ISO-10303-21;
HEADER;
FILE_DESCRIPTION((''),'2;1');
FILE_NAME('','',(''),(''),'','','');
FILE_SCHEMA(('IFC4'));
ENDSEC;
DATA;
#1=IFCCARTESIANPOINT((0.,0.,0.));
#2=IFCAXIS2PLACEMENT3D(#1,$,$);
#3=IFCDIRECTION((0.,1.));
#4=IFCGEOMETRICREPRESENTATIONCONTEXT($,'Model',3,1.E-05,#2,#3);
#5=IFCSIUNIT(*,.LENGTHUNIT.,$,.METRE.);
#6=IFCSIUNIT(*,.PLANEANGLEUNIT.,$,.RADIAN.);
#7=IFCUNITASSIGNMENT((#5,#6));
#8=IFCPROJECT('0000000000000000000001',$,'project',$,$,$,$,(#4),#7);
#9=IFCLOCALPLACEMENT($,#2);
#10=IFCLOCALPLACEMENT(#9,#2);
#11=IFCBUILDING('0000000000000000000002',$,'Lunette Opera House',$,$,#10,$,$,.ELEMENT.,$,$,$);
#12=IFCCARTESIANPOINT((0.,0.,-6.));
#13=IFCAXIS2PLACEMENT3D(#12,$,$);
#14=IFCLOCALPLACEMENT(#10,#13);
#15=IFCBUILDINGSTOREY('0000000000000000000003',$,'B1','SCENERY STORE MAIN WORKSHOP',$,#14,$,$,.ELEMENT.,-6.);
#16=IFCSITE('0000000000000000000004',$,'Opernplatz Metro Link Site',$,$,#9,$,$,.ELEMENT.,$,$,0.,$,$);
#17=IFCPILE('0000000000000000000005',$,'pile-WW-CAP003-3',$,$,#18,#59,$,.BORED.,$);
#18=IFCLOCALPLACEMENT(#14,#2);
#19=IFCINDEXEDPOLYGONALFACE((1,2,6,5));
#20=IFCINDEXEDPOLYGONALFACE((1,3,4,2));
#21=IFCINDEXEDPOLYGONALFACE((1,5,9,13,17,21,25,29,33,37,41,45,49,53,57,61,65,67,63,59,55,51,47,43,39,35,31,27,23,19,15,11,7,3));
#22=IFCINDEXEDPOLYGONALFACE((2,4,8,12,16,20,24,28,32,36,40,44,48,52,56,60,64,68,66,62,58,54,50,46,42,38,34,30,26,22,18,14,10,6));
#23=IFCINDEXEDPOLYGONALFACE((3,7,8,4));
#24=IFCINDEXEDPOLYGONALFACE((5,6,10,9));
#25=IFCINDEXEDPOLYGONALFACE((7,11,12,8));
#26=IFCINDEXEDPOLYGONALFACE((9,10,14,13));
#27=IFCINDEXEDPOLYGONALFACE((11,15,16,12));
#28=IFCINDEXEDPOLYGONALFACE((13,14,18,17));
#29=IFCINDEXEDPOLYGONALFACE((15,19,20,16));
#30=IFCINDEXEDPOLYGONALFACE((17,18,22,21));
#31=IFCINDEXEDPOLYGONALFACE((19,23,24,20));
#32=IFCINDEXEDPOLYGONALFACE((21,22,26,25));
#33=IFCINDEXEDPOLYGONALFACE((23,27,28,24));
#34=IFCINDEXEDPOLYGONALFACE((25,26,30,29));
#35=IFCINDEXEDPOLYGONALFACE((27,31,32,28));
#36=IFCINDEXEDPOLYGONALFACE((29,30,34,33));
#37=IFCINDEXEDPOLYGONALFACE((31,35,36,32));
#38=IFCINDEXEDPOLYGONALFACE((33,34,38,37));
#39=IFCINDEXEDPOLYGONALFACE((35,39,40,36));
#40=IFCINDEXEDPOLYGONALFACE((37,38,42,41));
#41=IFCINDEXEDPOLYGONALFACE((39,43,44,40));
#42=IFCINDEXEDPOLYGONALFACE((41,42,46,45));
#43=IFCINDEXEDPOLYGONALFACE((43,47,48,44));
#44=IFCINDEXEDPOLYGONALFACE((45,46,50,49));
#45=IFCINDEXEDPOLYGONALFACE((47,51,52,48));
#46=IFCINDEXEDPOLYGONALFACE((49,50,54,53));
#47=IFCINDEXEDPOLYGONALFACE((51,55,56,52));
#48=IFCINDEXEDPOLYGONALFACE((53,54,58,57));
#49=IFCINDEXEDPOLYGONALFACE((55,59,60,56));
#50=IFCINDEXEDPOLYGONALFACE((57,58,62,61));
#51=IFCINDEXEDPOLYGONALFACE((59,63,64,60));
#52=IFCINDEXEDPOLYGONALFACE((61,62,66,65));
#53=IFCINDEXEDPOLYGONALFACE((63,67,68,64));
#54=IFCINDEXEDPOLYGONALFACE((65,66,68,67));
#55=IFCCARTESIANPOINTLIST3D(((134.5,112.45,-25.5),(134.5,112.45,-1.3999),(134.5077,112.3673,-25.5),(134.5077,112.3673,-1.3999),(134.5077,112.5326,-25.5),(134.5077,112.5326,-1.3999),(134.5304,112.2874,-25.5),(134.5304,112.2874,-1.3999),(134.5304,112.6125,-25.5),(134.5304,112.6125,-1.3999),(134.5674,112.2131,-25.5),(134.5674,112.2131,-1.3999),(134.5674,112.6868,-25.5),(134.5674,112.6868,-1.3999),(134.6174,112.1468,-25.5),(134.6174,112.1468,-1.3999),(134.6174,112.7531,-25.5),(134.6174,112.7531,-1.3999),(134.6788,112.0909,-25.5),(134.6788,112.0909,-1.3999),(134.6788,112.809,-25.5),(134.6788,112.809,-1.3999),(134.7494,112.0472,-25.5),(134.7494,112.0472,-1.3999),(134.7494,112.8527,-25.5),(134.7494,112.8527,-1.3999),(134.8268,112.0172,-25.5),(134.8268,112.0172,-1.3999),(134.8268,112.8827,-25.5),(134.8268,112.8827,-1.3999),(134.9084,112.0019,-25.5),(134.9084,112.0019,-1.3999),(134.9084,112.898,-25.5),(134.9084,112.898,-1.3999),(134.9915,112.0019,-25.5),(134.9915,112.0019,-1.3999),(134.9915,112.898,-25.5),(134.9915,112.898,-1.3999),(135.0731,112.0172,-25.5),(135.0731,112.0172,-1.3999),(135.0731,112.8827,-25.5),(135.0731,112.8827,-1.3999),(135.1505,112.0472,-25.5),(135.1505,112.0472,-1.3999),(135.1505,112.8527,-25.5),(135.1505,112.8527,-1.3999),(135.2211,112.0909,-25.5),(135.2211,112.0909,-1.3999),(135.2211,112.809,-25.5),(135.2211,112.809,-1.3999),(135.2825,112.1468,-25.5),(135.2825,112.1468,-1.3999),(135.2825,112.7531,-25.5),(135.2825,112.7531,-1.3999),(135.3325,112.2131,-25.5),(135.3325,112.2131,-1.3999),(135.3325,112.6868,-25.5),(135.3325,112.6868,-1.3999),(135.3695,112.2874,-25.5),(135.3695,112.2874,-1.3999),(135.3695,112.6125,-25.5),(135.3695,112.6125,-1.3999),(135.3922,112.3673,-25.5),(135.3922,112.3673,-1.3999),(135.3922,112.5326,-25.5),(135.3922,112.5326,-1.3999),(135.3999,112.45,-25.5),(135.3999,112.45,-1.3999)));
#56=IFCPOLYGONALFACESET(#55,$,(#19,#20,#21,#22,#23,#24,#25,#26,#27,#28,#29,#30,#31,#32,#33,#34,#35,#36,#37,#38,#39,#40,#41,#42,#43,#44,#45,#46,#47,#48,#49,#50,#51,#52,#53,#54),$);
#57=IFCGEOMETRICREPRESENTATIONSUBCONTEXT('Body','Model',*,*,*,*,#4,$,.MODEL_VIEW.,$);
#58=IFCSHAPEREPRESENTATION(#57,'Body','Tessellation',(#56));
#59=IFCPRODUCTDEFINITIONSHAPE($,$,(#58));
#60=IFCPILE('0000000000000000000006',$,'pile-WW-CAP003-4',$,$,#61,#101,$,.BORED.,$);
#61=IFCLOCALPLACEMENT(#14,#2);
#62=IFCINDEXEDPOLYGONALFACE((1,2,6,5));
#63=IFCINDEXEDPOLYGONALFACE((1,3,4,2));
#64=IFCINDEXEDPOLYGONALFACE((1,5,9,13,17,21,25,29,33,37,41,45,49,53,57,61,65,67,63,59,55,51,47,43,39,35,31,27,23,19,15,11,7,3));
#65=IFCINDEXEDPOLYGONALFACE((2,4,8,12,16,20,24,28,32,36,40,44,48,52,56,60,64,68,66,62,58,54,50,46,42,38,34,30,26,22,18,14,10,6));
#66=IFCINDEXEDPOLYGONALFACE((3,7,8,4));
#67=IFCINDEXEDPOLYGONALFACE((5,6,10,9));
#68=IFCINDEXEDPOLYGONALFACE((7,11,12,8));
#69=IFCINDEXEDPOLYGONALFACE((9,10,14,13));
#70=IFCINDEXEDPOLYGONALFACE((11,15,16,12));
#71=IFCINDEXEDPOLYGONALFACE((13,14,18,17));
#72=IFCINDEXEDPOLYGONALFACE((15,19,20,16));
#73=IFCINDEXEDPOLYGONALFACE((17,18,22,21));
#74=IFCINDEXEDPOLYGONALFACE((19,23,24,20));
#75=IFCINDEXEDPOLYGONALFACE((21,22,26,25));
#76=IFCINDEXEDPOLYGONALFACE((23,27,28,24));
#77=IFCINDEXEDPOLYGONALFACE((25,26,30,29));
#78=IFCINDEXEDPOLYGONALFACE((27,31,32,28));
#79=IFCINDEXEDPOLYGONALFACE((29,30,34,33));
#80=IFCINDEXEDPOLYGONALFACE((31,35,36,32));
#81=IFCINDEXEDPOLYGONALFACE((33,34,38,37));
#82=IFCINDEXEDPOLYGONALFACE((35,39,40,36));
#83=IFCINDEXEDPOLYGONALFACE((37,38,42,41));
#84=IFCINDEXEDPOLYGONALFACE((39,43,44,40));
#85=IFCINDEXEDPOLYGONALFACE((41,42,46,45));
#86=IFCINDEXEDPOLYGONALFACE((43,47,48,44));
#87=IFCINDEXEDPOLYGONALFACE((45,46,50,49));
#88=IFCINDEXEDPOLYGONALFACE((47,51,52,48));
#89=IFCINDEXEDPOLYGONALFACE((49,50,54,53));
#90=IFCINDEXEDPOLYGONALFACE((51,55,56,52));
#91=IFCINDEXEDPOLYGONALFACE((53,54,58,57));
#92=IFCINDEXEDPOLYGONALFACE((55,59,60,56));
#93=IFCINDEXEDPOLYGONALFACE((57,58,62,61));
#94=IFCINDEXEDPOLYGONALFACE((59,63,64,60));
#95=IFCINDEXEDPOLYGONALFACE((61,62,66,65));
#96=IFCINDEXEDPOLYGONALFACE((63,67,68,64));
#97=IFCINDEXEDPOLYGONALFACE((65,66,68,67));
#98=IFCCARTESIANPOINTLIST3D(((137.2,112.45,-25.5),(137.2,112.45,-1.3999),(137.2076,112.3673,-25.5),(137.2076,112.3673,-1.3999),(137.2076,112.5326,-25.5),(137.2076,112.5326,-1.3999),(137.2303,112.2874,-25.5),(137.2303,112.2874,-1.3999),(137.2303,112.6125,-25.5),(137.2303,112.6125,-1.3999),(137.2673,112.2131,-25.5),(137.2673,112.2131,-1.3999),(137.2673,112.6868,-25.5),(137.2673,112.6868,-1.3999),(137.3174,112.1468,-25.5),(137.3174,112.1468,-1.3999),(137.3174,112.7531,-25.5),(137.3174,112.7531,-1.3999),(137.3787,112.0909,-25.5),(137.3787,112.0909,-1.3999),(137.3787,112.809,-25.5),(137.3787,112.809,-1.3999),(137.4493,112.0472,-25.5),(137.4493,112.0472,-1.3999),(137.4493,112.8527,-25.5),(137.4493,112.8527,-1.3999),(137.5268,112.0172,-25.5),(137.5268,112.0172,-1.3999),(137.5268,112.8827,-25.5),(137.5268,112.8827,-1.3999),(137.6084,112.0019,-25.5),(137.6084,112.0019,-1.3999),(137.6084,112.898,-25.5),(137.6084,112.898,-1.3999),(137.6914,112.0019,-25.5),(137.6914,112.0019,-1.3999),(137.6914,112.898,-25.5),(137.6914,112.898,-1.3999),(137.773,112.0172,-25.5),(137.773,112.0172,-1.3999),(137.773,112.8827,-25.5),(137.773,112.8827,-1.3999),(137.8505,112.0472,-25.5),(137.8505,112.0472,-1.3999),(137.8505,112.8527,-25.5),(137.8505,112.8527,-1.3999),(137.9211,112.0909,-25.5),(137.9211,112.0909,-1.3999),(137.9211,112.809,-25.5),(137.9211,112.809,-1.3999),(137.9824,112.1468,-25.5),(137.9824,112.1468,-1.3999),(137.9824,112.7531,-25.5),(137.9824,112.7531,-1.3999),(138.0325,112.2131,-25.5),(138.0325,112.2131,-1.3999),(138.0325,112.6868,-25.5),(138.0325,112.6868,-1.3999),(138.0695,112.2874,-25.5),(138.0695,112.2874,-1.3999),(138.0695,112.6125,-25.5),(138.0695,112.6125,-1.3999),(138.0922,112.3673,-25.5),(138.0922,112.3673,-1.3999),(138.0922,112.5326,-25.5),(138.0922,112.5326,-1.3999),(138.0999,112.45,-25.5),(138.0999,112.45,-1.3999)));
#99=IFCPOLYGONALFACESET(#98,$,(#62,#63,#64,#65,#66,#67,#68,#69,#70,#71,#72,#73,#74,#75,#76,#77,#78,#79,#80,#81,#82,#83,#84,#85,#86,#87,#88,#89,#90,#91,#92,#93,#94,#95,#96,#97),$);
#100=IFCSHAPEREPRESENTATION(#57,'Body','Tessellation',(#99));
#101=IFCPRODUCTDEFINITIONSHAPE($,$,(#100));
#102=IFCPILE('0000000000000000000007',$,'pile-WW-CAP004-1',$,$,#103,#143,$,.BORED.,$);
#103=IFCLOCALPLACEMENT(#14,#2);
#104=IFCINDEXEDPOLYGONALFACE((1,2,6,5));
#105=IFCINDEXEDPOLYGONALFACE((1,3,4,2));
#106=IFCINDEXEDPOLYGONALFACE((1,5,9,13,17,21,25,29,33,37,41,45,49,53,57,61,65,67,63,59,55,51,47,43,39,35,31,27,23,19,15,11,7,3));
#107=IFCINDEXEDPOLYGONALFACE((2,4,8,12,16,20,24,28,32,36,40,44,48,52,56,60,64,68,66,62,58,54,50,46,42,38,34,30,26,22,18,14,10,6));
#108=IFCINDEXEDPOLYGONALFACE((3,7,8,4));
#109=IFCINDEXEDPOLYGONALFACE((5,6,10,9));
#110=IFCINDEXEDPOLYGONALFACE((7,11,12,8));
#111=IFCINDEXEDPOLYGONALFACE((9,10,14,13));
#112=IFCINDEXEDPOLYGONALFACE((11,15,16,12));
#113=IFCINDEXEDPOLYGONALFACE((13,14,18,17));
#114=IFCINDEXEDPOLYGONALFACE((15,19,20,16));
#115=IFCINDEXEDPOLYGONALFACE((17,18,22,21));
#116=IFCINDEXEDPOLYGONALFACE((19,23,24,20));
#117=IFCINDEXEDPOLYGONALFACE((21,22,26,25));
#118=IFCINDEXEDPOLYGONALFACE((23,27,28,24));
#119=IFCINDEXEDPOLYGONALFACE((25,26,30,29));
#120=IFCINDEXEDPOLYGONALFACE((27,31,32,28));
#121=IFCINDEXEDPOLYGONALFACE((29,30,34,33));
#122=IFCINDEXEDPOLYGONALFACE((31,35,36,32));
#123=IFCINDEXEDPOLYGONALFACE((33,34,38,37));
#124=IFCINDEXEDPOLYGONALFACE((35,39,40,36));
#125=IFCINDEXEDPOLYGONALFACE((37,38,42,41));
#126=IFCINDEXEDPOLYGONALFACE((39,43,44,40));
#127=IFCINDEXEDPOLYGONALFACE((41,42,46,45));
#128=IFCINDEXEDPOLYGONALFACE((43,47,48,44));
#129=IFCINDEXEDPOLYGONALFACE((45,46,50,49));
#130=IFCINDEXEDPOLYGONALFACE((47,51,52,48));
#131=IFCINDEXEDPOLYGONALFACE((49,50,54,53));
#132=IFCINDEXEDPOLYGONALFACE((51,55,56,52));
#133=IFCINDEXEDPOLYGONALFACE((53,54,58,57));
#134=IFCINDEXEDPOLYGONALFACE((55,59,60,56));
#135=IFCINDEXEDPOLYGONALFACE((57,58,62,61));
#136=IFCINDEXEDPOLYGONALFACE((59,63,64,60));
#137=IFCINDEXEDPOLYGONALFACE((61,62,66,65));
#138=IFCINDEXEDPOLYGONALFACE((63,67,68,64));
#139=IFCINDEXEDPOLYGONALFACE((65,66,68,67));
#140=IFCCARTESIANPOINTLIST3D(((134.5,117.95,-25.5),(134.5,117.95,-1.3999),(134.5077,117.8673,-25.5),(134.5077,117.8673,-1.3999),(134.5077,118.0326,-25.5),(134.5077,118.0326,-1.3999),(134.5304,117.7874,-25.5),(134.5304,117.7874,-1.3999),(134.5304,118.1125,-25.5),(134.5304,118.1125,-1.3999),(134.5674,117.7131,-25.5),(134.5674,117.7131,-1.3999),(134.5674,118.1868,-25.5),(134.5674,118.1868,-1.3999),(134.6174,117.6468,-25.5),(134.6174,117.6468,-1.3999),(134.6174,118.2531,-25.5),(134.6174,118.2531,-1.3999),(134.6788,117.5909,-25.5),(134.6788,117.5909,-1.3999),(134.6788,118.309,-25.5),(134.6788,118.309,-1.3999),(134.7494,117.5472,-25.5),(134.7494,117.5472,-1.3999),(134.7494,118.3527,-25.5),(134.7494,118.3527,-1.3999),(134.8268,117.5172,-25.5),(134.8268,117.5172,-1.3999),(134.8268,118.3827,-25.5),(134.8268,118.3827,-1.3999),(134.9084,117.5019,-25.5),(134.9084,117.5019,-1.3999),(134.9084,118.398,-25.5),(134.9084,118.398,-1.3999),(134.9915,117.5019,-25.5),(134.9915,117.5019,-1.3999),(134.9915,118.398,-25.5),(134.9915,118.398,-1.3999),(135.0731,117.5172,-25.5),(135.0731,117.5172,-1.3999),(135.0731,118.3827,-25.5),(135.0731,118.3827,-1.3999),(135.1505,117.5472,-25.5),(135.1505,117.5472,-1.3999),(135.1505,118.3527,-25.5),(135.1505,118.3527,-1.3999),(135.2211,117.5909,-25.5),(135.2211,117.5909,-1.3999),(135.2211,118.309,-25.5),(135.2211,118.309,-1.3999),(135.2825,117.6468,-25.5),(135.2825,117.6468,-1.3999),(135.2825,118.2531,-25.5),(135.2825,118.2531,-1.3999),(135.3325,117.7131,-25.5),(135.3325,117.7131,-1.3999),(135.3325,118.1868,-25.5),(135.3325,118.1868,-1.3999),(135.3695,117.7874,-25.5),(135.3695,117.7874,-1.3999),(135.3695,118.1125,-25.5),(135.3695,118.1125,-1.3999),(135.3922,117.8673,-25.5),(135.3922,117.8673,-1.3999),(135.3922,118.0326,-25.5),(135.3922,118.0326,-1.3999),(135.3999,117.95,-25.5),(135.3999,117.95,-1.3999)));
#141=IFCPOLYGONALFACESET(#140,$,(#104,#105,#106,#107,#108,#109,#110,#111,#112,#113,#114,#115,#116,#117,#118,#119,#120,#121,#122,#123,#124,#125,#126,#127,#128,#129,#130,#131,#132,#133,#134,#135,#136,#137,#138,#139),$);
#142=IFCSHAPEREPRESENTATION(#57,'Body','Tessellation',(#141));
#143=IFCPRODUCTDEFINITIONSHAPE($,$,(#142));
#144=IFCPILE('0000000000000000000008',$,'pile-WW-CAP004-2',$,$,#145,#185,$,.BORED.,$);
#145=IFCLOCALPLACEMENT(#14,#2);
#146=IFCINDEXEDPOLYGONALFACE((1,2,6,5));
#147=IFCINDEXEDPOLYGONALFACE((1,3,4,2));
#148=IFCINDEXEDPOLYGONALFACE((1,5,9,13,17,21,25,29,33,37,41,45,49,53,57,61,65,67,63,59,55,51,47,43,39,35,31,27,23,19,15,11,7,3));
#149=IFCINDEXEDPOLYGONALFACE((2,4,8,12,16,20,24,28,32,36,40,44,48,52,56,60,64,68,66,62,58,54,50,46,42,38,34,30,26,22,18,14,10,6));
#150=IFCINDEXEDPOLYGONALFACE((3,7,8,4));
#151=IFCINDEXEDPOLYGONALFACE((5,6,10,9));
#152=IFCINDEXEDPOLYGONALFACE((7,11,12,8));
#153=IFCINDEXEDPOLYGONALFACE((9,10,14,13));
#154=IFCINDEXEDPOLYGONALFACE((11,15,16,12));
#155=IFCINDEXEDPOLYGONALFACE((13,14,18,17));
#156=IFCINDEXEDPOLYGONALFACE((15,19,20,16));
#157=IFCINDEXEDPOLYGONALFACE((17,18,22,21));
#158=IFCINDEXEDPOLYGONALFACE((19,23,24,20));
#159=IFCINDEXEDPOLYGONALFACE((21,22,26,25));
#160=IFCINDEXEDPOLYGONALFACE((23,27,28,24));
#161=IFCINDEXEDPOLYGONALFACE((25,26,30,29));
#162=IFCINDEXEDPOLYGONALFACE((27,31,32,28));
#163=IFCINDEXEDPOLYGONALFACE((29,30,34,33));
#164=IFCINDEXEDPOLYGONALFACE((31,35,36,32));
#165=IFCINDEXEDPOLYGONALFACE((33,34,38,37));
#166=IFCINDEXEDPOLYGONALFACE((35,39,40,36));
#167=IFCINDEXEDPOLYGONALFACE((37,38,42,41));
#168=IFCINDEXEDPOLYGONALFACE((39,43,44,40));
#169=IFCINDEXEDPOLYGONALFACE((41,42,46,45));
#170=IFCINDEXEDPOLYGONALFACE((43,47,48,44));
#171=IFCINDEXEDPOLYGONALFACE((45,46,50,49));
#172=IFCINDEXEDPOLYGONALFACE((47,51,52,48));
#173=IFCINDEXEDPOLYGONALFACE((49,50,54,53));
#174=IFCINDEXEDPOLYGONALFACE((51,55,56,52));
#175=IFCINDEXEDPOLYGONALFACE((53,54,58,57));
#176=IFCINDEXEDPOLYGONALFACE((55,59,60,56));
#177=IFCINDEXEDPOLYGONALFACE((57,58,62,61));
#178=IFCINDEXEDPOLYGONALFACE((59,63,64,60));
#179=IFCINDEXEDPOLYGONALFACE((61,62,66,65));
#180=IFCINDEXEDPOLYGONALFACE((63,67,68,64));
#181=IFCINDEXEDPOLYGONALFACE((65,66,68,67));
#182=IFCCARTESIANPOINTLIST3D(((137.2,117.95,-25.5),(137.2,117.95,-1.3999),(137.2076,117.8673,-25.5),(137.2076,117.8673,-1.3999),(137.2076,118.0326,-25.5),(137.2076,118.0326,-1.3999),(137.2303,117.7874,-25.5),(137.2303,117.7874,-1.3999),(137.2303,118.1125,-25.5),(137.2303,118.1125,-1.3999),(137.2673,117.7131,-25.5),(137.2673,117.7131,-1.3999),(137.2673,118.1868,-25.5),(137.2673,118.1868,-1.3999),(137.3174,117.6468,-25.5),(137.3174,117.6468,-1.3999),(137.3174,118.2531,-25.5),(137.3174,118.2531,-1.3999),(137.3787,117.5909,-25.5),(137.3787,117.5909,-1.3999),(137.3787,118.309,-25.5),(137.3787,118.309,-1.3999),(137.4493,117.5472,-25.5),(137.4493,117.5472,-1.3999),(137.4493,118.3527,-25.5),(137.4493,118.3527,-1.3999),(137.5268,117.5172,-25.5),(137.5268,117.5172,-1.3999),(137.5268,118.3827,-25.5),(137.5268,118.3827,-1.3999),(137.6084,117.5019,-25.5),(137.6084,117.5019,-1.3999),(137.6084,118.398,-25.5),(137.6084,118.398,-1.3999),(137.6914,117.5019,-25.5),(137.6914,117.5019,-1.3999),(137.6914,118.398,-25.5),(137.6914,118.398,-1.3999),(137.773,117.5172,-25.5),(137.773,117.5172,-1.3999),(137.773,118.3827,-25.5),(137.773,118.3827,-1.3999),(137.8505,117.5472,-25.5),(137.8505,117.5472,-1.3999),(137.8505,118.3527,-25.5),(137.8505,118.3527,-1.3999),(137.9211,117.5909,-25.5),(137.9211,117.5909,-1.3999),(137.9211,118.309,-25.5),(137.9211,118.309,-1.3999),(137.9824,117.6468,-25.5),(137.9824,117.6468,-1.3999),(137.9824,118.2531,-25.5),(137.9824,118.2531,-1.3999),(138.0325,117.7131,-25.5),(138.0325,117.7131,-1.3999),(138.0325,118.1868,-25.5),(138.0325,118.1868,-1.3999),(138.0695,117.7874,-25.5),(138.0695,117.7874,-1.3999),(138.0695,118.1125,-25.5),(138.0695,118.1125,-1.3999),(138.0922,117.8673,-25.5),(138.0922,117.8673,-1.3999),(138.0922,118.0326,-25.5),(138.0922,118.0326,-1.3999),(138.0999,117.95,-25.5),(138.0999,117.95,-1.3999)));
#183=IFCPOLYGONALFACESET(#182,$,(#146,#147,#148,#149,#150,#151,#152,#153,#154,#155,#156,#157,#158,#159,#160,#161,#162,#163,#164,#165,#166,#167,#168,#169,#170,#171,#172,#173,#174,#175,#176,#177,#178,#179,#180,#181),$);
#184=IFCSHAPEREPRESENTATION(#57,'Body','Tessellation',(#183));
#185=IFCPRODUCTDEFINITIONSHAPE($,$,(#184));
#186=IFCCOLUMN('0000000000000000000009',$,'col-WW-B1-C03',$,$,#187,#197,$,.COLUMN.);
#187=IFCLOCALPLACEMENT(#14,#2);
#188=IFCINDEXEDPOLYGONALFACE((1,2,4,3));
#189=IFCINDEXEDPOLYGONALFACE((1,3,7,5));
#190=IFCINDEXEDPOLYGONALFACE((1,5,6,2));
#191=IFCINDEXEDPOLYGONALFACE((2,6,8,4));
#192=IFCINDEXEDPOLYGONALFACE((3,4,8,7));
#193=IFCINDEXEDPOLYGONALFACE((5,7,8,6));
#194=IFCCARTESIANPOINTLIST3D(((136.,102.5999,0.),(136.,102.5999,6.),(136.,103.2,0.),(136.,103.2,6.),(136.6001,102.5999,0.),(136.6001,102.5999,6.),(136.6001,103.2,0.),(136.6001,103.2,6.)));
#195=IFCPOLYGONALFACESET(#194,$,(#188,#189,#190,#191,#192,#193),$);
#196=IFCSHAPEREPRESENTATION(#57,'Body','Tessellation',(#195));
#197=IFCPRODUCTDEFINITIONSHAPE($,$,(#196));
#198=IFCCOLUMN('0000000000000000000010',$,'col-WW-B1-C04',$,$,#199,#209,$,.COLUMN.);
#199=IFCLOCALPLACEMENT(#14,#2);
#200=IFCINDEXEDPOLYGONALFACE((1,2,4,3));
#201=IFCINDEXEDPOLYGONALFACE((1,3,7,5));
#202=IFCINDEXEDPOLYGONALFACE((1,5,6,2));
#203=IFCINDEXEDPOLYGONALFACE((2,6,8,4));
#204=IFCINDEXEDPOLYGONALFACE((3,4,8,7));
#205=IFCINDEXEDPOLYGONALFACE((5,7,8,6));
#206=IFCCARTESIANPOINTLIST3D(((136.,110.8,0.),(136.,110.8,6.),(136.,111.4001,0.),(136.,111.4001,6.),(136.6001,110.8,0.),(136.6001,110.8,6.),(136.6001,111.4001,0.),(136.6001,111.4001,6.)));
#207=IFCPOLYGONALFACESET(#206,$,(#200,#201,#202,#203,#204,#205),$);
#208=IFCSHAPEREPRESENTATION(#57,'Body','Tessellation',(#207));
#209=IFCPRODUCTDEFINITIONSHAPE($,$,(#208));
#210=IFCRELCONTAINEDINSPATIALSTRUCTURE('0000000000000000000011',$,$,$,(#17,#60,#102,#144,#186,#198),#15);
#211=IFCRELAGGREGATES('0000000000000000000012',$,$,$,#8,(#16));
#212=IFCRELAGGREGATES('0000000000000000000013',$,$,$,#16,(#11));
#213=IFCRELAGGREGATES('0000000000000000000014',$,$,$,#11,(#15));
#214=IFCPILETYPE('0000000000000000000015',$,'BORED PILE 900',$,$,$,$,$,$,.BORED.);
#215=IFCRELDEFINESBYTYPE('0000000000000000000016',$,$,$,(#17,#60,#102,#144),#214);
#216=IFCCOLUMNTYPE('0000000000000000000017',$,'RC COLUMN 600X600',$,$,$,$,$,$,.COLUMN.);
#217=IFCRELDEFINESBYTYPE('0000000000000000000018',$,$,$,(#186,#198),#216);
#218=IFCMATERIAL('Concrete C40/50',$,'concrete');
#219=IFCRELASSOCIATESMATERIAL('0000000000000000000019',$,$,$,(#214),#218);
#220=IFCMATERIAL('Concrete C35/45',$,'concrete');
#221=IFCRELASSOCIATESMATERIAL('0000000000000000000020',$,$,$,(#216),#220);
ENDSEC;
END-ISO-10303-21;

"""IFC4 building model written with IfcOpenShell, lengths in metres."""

from ifc_helpers import new_model, si_unit, direction, frame, origin, origin_2d, place, context, subcontext, project, spatial, rectangle, circle, extrude, material, material_profile, profile_set, type_object, element, save


model = new_model("IFC4")

# Units and contexts
model_context = context("Model", 3, precision=1e-05, world=origin(), true_north=direction((0.0, 1.0)))
body_context = subcontext(model_context, "Body", "Model", "MODEL_VIEW")
ifc_project = project(units=[si_unit("LENGTHUNIT", "METRE"), si_unit("PLANEANGLEUNIT", "RADIAN")], contexts=[model_context])

# Site, building, storey
site_placement = place(None, origin())
site = spatial("IfcSite", under=ifc_project, at=site_placement, Name="Opernplatz Metro Link Site", CompositionType="ELEMENT", RefElevation=0.0)
building_placement = place(site_placement, origin())
building = spatial("IfcBuilding", under=site, at=building_placement, Name="Lunette Opera House", CompositionType="ELEMENT")
storey_placement = place(building_placement, frame((0.0, 0.0, -6.0)))
storey = spatial("IfcBuildingStorey", under=building, at=storey_placement, Name="B1", Description="SCENERY STORE MAIN WORKSHOP", CompositionType="ELEMENT", Elevation=-6.0)

# Piles
ifc_material_1 = material(Name="Concrete C40/50", Category="concrete")
ifc_material_profile_1 = material_profile(ifc_material_1, circle(Radius=0.45, at=origin_2d()), Name="BORED PILE 900")
ifc_profile_set_1 = profile_set([ifc_material_profile_1], Name="Concrete C40/50")
pile_type_1 = type_object("IfcPileType", Name="BORED PILE 900", PredefinedType="BORED", material=ifc_profile_set_1)
for number, where, z_axis, x_axis, name in (
    (1, (134.95, 112.45, -1.3999), (0.0, 0.0, -1.0), (1.0, 0.0, 0.0), "pile-WW-CAP003-3"),
    (2, (137.6499, 112.45, -1.3999), (0.0, 0.0, -1.0), (1.0, 0.0, 0.0), "pile-WW-CAP003-4"),
    (3, (134.95, 117.95, -1.3999), (0.0, 0.0, -1.0), (1.0, 0.0, 0.0), "pile-WW-CAP004-1"),
    (4, (137.6499, 117.95, -1.3999), (0.0, 0.0, -1.0), (1.0, 0.0, 0.0), "pile-WW-CAP004-2"),
):
    element("IfcPile", number, at=place(storey_placement, frame(where, z_axis=z_axis, x_axis=x_axis)), inside=storey, type_object=pile_type_1, Name=name, PredefinedType="BORED", context=body_context, shape_type="SweptSolid", body=[
        extrude(circle(Radius=0.45, at=origin_2d()), origin(), (0.0, 0.0, 1.0), 24.1001),
    ])

# Columns
ifc_material_2 = material(Name="Concrete C35/45", Category="concrete")
ifc_material_profile_2 = material_profile(ifc_material_2, rectangle(XDim=0.6001, YDim=0.6001, at=origin_2d()), Name="RC COLUMN 600X600")
ifc_profile_set_2 = profile_set([ifc_material_profile_2], Name="Concrete C35/45")
column_type = type_object("IfcColumnType", Name="RC COLUMN 600X600", PredefinedType="COLUMN", material=ifc_profile_set_2)
for number, where, z_axis, x_axis, name in (
    (5, (136.3, 102.8999, 0.0), (0.0, 0.0, 1.0), (1.0, 0.0, 0.0), "col-WW-B1-C03"),
    (6, (136.3, 111.1001, 0.0), (0.0, 0.0, 1.0), (1.0, 0.0, 0.0), "col-WW-B1-C04"),
):
    element("IfcColumn", number, at=place(storey_placement, frame(where, z_axis=z_axis, x_axis=x_axis)), inside=storey, type_object=column_type, Name=name, PredefinedType="COLUMN", context=body_context, shape_type="SweptSolid", body=[
        extrude(rectangle(XDim=0.6001, YDim=0.6001, at=origin_2d()), origin(), (0.0, 0.0, 1.0), 6.0),
    ])

save(model, "model.ifc")
